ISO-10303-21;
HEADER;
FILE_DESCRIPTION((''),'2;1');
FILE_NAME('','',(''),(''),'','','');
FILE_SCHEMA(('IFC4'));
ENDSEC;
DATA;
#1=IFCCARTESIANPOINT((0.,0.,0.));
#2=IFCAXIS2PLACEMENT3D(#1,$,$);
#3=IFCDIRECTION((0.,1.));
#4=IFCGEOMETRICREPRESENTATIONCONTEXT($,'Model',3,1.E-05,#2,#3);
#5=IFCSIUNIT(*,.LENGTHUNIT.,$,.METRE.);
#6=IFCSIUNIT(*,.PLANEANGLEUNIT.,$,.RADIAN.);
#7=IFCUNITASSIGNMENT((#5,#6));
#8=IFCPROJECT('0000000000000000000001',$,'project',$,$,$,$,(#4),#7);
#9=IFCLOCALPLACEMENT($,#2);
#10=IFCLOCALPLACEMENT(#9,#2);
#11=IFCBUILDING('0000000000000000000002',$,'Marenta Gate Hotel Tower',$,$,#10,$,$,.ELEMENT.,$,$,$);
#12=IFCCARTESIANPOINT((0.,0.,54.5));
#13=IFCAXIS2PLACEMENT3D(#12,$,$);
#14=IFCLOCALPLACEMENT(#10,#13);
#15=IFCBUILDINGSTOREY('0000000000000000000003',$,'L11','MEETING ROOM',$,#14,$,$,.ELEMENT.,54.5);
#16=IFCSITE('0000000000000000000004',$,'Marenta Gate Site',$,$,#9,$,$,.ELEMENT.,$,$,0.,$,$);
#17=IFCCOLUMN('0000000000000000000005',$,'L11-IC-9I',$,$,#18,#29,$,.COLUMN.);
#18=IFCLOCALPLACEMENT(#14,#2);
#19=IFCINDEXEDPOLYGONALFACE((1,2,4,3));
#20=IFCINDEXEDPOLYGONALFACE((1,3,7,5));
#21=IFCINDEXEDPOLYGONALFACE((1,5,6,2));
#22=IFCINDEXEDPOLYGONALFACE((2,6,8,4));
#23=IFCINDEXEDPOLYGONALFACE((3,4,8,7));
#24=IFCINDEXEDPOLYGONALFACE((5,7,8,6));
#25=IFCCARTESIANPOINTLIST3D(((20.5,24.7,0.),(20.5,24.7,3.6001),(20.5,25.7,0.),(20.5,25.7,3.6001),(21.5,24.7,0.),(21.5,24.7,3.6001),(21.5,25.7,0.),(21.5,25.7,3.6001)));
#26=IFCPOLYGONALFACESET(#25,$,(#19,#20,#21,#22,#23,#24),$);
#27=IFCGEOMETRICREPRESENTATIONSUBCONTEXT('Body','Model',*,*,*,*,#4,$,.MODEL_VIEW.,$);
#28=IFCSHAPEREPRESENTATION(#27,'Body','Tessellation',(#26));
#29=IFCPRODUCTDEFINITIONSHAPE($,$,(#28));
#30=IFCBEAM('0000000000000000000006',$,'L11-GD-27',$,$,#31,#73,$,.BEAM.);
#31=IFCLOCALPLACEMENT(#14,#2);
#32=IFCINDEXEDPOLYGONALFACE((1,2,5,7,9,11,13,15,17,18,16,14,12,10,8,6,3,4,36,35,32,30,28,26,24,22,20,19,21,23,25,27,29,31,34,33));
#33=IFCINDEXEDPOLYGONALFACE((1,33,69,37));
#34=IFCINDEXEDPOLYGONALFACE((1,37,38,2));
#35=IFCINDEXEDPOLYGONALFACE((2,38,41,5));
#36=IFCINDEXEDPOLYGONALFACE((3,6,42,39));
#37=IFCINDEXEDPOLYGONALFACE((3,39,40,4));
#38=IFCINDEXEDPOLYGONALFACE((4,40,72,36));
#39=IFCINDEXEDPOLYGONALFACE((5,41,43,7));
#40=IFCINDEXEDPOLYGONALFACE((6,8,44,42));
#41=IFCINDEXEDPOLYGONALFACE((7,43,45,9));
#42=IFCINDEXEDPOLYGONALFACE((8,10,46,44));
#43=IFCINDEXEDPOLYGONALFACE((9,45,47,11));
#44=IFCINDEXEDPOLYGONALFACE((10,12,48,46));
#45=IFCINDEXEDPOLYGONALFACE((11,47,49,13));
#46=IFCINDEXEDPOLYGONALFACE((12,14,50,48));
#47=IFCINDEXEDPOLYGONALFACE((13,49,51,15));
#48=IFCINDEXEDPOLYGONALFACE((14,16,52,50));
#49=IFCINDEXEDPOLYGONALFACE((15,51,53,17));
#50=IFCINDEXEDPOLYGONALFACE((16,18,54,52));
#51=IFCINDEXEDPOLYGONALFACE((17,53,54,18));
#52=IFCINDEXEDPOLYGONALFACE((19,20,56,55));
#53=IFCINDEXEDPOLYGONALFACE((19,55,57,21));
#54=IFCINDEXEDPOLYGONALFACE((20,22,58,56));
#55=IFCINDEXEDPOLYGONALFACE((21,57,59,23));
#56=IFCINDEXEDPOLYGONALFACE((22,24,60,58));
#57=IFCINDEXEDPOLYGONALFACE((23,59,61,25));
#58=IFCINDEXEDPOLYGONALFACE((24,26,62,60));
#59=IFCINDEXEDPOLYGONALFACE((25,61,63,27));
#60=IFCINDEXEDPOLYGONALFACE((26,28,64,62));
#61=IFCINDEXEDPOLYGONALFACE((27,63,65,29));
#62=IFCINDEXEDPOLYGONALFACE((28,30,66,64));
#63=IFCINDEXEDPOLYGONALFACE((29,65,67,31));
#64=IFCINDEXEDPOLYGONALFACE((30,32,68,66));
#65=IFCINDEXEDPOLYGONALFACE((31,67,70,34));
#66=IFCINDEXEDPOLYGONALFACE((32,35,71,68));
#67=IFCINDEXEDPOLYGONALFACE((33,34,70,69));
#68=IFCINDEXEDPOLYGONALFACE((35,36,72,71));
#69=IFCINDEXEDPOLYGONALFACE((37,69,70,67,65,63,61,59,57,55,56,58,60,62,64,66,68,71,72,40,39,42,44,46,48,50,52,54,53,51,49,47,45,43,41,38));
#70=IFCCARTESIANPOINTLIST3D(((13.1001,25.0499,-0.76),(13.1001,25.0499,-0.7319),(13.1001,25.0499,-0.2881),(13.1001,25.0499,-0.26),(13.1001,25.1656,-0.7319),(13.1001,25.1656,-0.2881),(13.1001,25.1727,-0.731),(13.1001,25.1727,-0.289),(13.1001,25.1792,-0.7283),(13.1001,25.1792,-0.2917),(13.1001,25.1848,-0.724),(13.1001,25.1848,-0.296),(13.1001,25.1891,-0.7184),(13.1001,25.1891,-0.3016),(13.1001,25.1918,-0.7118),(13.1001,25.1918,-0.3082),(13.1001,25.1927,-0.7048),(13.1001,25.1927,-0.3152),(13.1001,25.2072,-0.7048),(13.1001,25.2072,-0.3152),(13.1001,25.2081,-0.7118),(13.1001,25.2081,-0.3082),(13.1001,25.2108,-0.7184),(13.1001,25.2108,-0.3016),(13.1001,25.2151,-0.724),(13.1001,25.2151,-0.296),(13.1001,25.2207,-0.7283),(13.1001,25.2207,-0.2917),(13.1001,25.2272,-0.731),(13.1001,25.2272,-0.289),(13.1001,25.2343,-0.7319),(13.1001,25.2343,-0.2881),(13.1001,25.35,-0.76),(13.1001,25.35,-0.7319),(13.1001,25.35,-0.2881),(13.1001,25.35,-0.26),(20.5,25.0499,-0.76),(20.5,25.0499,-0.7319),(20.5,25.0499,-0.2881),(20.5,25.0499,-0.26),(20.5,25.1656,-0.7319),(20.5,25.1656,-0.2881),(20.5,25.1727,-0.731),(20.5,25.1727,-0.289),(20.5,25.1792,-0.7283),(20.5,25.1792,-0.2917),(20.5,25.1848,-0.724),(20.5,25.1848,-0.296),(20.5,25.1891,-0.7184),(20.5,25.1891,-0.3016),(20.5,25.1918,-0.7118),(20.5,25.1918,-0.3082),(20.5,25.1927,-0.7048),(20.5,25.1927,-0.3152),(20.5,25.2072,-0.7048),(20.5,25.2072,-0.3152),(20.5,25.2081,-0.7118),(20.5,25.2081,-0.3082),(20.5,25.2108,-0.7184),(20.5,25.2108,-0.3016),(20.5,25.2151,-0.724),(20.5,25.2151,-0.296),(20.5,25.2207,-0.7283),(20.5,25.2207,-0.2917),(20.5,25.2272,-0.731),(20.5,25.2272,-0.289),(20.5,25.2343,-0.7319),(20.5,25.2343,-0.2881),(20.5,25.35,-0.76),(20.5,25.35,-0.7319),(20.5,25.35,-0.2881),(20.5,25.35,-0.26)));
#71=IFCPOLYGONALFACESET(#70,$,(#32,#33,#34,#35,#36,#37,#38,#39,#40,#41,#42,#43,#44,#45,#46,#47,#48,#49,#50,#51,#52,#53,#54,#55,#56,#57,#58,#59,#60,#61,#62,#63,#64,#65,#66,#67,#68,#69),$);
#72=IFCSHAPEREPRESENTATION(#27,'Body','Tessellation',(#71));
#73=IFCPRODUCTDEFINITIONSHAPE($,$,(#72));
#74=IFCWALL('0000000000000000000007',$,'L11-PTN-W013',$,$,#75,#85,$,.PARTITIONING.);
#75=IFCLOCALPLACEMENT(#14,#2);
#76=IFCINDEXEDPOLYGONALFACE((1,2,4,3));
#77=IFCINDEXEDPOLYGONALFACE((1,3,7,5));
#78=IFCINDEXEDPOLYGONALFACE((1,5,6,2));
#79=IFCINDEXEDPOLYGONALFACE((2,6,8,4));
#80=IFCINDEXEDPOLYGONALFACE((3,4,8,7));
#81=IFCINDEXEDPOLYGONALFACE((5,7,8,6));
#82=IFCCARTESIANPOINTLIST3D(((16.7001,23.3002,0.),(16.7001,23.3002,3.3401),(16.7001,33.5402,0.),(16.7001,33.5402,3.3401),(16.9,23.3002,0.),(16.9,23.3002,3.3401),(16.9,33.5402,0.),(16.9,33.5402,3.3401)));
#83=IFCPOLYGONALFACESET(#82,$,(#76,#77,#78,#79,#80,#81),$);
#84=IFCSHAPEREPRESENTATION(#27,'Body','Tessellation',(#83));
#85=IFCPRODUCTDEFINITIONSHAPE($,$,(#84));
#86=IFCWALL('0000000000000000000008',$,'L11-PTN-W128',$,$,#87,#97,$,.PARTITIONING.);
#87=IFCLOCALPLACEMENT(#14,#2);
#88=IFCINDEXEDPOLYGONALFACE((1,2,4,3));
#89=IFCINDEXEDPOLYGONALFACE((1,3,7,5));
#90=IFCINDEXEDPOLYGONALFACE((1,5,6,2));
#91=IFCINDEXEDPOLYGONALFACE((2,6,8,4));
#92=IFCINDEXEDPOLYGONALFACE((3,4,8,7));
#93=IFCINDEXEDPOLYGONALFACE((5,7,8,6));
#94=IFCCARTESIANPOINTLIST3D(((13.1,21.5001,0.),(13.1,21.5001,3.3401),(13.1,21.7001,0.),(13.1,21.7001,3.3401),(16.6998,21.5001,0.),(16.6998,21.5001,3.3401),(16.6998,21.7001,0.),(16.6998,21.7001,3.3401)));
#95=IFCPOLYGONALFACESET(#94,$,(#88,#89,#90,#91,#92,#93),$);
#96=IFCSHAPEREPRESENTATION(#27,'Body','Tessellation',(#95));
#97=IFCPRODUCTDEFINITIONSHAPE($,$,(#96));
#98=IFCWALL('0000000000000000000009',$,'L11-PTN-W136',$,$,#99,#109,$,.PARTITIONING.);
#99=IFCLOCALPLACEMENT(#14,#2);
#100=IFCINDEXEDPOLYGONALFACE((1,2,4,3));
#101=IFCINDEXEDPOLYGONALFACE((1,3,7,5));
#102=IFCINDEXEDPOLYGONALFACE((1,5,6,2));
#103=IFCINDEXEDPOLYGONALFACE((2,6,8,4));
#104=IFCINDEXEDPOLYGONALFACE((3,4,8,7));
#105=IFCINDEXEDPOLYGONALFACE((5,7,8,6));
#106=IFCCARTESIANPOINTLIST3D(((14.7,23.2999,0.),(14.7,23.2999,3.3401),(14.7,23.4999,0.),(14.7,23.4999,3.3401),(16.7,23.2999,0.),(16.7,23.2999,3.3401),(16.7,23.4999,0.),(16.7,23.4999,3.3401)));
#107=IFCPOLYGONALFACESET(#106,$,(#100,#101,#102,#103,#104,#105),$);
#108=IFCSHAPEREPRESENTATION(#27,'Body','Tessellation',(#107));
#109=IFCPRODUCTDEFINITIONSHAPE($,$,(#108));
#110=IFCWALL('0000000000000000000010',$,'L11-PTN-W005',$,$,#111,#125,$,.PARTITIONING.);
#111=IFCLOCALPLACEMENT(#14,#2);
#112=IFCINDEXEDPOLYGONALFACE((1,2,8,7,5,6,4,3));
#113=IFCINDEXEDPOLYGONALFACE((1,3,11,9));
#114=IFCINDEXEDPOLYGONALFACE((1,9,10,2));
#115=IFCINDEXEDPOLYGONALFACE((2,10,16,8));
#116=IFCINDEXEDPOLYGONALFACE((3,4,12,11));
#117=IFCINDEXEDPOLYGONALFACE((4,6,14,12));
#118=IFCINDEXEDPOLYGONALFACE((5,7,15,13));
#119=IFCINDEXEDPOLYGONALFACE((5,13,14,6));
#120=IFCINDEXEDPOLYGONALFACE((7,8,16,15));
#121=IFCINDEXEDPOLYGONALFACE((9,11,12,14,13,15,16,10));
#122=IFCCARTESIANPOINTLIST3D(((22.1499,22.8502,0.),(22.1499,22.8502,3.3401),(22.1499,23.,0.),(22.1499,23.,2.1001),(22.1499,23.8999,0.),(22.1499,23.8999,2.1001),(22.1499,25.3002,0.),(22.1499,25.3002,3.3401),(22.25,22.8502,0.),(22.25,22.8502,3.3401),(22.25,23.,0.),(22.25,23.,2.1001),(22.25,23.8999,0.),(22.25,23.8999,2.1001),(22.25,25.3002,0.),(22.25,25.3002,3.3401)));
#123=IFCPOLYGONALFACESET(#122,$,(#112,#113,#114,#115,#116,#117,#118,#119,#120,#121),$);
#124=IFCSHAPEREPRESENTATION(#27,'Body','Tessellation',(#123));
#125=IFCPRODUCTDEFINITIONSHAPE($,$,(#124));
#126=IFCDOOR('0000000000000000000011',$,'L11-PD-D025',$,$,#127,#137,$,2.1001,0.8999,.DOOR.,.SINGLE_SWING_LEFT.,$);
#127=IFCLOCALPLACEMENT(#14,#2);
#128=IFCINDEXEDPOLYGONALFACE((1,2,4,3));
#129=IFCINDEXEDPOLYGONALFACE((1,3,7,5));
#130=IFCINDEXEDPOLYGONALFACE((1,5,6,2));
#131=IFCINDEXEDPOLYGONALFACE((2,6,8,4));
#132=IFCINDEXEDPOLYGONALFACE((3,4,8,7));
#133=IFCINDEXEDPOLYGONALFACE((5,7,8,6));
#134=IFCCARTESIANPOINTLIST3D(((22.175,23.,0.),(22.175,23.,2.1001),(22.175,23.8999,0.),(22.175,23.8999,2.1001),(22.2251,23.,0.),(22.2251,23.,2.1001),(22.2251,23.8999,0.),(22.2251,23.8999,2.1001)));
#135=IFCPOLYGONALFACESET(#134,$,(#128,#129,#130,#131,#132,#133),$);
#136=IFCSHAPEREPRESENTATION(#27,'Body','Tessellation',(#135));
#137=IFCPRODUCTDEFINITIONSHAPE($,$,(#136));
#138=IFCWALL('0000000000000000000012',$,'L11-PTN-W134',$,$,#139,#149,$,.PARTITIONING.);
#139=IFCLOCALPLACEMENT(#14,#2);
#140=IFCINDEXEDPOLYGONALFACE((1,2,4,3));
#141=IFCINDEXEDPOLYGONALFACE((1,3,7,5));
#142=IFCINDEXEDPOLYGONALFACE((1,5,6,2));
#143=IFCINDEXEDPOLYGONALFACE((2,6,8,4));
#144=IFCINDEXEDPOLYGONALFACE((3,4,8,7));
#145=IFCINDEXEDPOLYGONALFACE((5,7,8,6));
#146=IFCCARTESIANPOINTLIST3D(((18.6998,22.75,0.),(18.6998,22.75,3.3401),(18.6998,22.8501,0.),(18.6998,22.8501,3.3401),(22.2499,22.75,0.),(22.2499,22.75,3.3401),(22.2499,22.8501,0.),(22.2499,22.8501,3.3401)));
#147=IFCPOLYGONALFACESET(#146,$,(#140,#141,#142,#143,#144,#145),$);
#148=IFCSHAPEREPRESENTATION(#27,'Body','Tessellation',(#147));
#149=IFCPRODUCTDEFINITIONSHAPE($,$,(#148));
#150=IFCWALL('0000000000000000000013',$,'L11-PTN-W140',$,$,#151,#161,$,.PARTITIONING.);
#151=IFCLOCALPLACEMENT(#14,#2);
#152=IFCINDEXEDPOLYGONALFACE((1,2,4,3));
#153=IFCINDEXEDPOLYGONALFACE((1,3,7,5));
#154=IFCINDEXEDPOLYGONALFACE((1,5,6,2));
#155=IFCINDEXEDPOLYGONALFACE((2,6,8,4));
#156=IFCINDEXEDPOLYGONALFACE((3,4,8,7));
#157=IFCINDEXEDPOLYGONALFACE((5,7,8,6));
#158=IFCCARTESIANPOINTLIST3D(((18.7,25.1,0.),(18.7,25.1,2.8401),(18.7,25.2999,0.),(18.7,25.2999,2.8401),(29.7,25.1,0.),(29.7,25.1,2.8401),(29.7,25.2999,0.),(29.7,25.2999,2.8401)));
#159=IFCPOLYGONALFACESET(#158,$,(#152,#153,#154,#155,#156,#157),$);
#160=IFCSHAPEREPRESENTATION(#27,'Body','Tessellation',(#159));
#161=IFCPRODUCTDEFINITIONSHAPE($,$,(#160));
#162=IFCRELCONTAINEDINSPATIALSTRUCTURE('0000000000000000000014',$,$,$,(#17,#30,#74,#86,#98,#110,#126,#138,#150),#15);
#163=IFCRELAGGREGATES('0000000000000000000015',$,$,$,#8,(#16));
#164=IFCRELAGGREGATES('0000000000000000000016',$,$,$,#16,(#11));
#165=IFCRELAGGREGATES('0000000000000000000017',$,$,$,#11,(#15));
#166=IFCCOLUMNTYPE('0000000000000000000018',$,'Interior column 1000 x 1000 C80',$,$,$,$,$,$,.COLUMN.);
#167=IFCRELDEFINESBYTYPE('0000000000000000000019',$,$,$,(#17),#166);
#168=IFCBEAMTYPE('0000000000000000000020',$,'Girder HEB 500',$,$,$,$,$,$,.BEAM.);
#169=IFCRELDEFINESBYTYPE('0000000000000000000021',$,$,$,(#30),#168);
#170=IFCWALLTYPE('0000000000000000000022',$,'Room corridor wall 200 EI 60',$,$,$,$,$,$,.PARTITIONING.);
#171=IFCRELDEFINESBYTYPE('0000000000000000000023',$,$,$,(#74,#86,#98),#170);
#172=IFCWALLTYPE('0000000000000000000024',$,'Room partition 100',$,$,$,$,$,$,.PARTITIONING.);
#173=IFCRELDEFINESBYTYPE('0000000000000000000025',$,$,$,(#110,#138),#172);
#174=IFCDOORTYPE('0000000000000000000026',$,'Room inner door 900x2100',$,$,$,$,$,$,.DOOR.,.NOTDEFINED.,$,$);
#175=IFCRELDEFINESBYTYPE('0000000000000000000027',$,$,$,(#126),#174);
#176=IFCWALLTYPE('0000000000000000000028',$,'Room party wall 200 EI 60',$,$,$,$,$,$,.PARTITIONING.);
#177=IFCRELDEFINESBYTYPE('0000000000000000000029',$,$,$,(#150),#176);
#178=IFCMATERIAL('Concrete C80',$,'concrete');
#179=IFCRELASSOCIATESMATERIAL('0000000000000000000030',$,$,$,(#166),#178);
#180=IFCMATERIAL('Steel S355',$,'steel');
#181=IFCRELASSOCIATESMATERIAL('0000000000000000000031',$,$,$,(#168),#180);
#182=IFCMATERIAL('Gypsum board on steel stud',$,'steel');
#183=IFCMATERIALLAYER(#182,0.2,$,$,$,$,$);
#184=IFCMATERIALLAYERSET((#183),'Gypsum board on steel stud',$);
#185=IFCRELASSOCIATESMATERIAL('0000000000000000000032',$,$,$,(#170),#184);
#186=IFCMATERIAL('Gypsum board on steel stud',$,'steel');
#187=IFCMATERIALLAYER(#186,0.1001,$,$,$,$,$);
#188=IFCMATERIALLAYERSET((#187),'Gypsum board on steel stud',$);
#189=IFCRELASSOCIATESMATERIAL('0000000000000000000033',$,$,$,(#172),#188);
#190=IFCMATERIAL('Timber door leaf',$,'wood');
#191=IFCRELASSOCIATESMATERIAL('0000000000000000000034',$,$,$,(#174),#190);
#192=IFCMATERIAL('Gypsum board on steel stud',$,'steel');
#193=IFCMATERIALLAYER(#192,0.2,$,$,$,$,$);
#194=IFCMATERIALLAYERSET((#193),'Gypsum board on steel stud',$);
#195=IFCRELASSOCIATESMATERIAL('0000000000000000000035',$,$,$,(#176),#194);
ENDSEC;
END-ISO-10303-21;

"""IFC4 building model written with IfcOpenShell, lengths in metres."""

from ifc_helpers import new_model, si_unit, direction, frame, frame_2d, origin, origin_2d, place, context, subcontext, project, spatial, rectangle, i_section, extrude, material, layer, layer_set, material_profile, profile_set, type_object, element, fill, save


model = new_model("IFC4")

# Units and contexts
model_context = context("Model", 3, precision=1e-05, world=origin(), true_north=direction((0.0, 1.0)))
body_context = subcontext(model_context, "Body", "Model", "MODEL_VIEW")
ifc_project = project(units=[si_unit("LENGTHUNIT", "METRE"), si_unit("PLANEANGLEUNIT", "RADIAN")], contexts=[model_context])

# Site, building, storey
site_placement = place(None, origin())
site = spatial("IfcSite", under=ifc_project, at=site_placement, Name="Marenta Gate Site", CompositionType="ELEMENT", RefElevation=0.0)
building_placement = place(site_placement, origin())
building = spatial("IfcBuilding", under=site, at=building_placement, Name="Marenta Gate Hotel Tower", CompositionType="ELEMENT")
storey_placement = place(building_placement, frame((0.0, 0.0, 54.5)))
storey = spatial("IfcBuildingStorey", under=building, at=storey_placement, Name="L11", Description="MEETING ROOM", CompositionType="ELEMENT", Elevation=54.5)

# Column
ifc_material_1 = material(Name="Concrete C80", Category="concrete")
ifc_material_profile_1 = material_profile(ifc_material_1, rectangle(XDim=1.0, YDim=1.0, at=origin_2d()), Name="1000 x 1000")
ifc_profile_set_1 = profile_set([ifc_material_profile_1], Name="Concrete C80")
column_type = type_object("IfcColumnType", Name="Interior column 1000 x 1000 C80", PredefinedType="COLUMN", material=ifc_profile_set_1)
column_placement = place(storey_placement, frame((21.0, 25.2, 0.0), z_axis=(0.0, 0.0, 1.0), x_axis=(1.0, 0.0, 0.0)))
element("IfcColumn", 1, at=column_placement, inside=storey, type_object=column_type, Name="L11-IC-9I", PredefinedType="COLUMN", context=body_context, shape_type="SweptSolid", body=[
    extrude(rectangle(XDim=1.0, YDim=1.0, at=origin_2d()), origin(), (0.0, 0.0, 1.0), 3.6001),
])

# Beam
ifc_material_2 = material(Name="Steel S355", Category="steel")
ifc_material_profile_2 = material_profile(ifc_material_2, i_section(OverallWidth=0.3, OverallDepth=0.5, WebThickness=0.0144, FlangeThickness=0.0281, FilletRadius=0.0271, at=origin_2d()), Name="HEB 500")
ifc_profile_set_2 = profile_set([ifc_material_profile_2], Name="Steel S355")
beam_type = type_object("IfcBeamType", Name="Girder HEB 500", PredefinedType="BEAM", material=ifc_profile_set_2)
beam_placement = place(storey_placement, frame((13.1001, 25.2, -0.51), z_axis=(1.0, 0.0, 0.0), x_axis=(0.0, 1.0, 0.0)))
element("IfcBeam", 2, at=beam_placement, inside=storey, type_object=beam_type, Name="L11-GD-27", PredefinedType="BEAM", context=body_context, shape_type="SweptSolid", body=[
    extrude(i_section(OverallWidth=0.3, OverallDepth=0.5, WebThickness=0.0144, FlangeThickness=0.0281, FilletRadius=0.0271, at=origin_2d()), origin(), (0.0, 0.0, 1.0), 7.3999),
])

# Wall
ifc_material_3 = material(Name="Gypsum board on steel stud", Category="steel")
ifc_layer_1 = layer(ifc_material_3, 0.2)
ifc_layer_set_1 = layer_set([ifc_layer_1], Name="Gypsum board on steel stud")
wall_type_1 = type_object("IfcWallType", Name="Room corridor wall 200 EI 60", PredefinedType="PARTITIONING", material=ifc_layer_set_1)
wall_1_placement = place(storey_placement, frame((16.8, 23.3, 0.0), z_axis=(0.0, 0.0, 1.0), x_axis=(0.0, 1.0, 0.0)))
element("IfcWall", 3, at=wall_1_placement, inside=storey, type_object=wall_type_1, Name="L11-PTN-W013", PredefinedType="PARTITIONING", context=body_context, shape_type="SweptSolid", body=[
    extrude(rectangle(XDim=10.24, YDim=0.2, at=frame_2d((5.1201, 0.0))), origin(), (0.0, 0.0, 1.0), 3.3401),
])

# Walls
wall_2_placement = place(storey_placement, frame((13.1001, 21.6001, 0.0), z_axis=(0.0, 0.0, 1.0), x_axis=(1.0, 0.0, 0.0)))
element("IfcWall", 4, at=wall_2_placement, inside=storey, type_object=wall_type_1, Name="L11-PTN-W128", PredefinedType="PARTITIONING", context=body_context, shape_type="SweptSolid", body=[
    extrude(rectangle(XDim=3.5999, YDim=0.2, at=frame_2d((1.7998, 0.0))), origin(), (0.0, 0.0, 1.0), 3.3401),
])
wall_3_placement = place(storey_placement, frame((14.7, 23.3999, 0.0), z_axis=(0.0, 0.0, 1.0), x_axis=(1.0, 0.0, 0.0)))
element("IfcWall", 5, at=wall_3_placement, inside=storey, type_object=wall_type_1, Name="L11-PTN-W136", PredefinedType="PARTITIONING", context=body_context, shape_type="SweptSolid", body=[
    extrude(rectangle(XDim=2.0, YDim=0.2, at=frame_2d((1.0, 0.0))), origin(), (0.0, 0.0, 1.0), 3.3401),
])

# Wall, opening, door
ifc_material_4 = material(Name="Gypsum board on steel stud", Category="steel")
ifc_layer_2 = layer(ifc_material_4, 0.1001)
ifc_layer_set_2 = layer_set([ifc_layer_2], Name="Gypsum board on steel stud")
wall_type_2 = type_object("IfcWallType", Name="Room partition 100", PredefinedType="PARTITIONING", material=ifc_layer_set_2)
wall_4_placement = place(storey_placement, frame((22.2, 22.8501, 0.0), z_axis=(0.0, 0.0, 1.0), x_axis=(0.0, 1.0, 0.0)))
wall_4 = element("IfcWall", 6, at=wall_4_placement, inside=storey, type_object=wall_type_2, Name="L11-PTN-W005", PredefinedType="PARTITIONING", context=body_context, shape_type="SweptSolid", body=[
    extrude(rectangle(XDim=2.45, YDim=0.1001, at=frame_2d((1.2251, 0.0))), origin(), (0.0, 0.0, 1.0), 3.3401),
])
opening_1_placement = place(wall_4_placement, frame((0.1499, 0.0, 0.0)))
opening_1 = element("IfcOpeningElement", 7, at=opening_1_placement, cuts=wall_4, PredefinedType="OPENING", context=body_context, shape_type="SweptSolid", body=[
    extrude(rectangle(XDim=0.8999, YDim=2.1001, at=frame_2d((0.45, 1.05))), frame((0.0, 0.05, 0.0), z_axis=(0.0, -1.0, 0.0), x_axis=(1.0, 0.0, 0.0)), (0.0, 0.0, 1.0), 0.1001),
])
ifc_material_5 = material(Name="Timber door leaf", Category="wood")
door_type_1 = type_object("IfcDoorType", Name="Room inner door 900x2100", OperationType="NOTDEFINED", PredefinedType="DOOR", material=ifc_material_5)
door_1_placement = place(opening_1_placement, origin())
door_1 = element("IfcDoor", 8, at=door_1_placement, inside=storey, type_object=door_type_1, Name="L11-PD-D025", OperationType="SINGLE_SWING_LEFT", OverallHeight=2.1001, OverallWidth=0.8999, PredefinedType="DOOR", context=body_context, shape_type="SweptSolid", body=[
    extrude(rectangle(XDim=0.8999, YDim=2.1001, at=frame_2d((0.45, 1.05))), frame((0.0, 0.0249, 0.0), z_axis=(0.0, -1.0, 0.0), x_axis=(1.0, 0.0, 0.0)), (0.0, 0.0, 1.0), 0.05),
])
fill(opening_1, door_1)

# Walls
wall_5_placement = place(storey_placement, frame((18.7, 22.8, 0.0), z_axis=(0.0, 0.0, 1.0), x_axis=(1.0, 0.0, 0.0)))
element("IfcWall", 9, at=wall_5_placement, inside=storey, type_object=wall_type_2, Name="L11-PTN-W134", PredefinedType="PARTITIONING", context=body_context, shape_type="SweptSolid", body=[
    extrude(rectangle(XDim=3.55, YDim=0.1001, at=frame_2d((1.7749, 0.0))), origin(), (0.0, 0.0, 1.0), 3.3401),
])
ifc_material_6 = material(Name="Gypsum board on steel stud", Category="steel")
ifc_layer_3 = layer(ifc_material_6, 0.2)
ifc_layer_set_3 = layer_set([ifc_layer_3], Name="Gypsum board on steel stud")
wall_type_3 = type_object("IfcWallType", Name="Room party wall 200 EI 60", PredefinedType="PARTITIONING", material=ifc_layer_set_3)
wall_6_placement = place(storey_placement, frame((18.7, 25.2, 0.0), z_axis=(0.0, 0.0, 1.0), x_axis=(1.0, 0.0, 0.0)))
element("IfcWall", 10, at=wall_6_placement, inside=storey, type_object=wall_type_3, Name="L11-PTN-W140", PredefinedType="PARTITIONING", context=body_context, shape_type="SweptSolid", body=[
    extrude(rectangle(XDim=11.0, YDim=0.2, at=frame_2d((5.5, 0.0))), origin(), (0.0, 0.0, 1.0), 2.8401),
])

save(model, "model.ifc")
